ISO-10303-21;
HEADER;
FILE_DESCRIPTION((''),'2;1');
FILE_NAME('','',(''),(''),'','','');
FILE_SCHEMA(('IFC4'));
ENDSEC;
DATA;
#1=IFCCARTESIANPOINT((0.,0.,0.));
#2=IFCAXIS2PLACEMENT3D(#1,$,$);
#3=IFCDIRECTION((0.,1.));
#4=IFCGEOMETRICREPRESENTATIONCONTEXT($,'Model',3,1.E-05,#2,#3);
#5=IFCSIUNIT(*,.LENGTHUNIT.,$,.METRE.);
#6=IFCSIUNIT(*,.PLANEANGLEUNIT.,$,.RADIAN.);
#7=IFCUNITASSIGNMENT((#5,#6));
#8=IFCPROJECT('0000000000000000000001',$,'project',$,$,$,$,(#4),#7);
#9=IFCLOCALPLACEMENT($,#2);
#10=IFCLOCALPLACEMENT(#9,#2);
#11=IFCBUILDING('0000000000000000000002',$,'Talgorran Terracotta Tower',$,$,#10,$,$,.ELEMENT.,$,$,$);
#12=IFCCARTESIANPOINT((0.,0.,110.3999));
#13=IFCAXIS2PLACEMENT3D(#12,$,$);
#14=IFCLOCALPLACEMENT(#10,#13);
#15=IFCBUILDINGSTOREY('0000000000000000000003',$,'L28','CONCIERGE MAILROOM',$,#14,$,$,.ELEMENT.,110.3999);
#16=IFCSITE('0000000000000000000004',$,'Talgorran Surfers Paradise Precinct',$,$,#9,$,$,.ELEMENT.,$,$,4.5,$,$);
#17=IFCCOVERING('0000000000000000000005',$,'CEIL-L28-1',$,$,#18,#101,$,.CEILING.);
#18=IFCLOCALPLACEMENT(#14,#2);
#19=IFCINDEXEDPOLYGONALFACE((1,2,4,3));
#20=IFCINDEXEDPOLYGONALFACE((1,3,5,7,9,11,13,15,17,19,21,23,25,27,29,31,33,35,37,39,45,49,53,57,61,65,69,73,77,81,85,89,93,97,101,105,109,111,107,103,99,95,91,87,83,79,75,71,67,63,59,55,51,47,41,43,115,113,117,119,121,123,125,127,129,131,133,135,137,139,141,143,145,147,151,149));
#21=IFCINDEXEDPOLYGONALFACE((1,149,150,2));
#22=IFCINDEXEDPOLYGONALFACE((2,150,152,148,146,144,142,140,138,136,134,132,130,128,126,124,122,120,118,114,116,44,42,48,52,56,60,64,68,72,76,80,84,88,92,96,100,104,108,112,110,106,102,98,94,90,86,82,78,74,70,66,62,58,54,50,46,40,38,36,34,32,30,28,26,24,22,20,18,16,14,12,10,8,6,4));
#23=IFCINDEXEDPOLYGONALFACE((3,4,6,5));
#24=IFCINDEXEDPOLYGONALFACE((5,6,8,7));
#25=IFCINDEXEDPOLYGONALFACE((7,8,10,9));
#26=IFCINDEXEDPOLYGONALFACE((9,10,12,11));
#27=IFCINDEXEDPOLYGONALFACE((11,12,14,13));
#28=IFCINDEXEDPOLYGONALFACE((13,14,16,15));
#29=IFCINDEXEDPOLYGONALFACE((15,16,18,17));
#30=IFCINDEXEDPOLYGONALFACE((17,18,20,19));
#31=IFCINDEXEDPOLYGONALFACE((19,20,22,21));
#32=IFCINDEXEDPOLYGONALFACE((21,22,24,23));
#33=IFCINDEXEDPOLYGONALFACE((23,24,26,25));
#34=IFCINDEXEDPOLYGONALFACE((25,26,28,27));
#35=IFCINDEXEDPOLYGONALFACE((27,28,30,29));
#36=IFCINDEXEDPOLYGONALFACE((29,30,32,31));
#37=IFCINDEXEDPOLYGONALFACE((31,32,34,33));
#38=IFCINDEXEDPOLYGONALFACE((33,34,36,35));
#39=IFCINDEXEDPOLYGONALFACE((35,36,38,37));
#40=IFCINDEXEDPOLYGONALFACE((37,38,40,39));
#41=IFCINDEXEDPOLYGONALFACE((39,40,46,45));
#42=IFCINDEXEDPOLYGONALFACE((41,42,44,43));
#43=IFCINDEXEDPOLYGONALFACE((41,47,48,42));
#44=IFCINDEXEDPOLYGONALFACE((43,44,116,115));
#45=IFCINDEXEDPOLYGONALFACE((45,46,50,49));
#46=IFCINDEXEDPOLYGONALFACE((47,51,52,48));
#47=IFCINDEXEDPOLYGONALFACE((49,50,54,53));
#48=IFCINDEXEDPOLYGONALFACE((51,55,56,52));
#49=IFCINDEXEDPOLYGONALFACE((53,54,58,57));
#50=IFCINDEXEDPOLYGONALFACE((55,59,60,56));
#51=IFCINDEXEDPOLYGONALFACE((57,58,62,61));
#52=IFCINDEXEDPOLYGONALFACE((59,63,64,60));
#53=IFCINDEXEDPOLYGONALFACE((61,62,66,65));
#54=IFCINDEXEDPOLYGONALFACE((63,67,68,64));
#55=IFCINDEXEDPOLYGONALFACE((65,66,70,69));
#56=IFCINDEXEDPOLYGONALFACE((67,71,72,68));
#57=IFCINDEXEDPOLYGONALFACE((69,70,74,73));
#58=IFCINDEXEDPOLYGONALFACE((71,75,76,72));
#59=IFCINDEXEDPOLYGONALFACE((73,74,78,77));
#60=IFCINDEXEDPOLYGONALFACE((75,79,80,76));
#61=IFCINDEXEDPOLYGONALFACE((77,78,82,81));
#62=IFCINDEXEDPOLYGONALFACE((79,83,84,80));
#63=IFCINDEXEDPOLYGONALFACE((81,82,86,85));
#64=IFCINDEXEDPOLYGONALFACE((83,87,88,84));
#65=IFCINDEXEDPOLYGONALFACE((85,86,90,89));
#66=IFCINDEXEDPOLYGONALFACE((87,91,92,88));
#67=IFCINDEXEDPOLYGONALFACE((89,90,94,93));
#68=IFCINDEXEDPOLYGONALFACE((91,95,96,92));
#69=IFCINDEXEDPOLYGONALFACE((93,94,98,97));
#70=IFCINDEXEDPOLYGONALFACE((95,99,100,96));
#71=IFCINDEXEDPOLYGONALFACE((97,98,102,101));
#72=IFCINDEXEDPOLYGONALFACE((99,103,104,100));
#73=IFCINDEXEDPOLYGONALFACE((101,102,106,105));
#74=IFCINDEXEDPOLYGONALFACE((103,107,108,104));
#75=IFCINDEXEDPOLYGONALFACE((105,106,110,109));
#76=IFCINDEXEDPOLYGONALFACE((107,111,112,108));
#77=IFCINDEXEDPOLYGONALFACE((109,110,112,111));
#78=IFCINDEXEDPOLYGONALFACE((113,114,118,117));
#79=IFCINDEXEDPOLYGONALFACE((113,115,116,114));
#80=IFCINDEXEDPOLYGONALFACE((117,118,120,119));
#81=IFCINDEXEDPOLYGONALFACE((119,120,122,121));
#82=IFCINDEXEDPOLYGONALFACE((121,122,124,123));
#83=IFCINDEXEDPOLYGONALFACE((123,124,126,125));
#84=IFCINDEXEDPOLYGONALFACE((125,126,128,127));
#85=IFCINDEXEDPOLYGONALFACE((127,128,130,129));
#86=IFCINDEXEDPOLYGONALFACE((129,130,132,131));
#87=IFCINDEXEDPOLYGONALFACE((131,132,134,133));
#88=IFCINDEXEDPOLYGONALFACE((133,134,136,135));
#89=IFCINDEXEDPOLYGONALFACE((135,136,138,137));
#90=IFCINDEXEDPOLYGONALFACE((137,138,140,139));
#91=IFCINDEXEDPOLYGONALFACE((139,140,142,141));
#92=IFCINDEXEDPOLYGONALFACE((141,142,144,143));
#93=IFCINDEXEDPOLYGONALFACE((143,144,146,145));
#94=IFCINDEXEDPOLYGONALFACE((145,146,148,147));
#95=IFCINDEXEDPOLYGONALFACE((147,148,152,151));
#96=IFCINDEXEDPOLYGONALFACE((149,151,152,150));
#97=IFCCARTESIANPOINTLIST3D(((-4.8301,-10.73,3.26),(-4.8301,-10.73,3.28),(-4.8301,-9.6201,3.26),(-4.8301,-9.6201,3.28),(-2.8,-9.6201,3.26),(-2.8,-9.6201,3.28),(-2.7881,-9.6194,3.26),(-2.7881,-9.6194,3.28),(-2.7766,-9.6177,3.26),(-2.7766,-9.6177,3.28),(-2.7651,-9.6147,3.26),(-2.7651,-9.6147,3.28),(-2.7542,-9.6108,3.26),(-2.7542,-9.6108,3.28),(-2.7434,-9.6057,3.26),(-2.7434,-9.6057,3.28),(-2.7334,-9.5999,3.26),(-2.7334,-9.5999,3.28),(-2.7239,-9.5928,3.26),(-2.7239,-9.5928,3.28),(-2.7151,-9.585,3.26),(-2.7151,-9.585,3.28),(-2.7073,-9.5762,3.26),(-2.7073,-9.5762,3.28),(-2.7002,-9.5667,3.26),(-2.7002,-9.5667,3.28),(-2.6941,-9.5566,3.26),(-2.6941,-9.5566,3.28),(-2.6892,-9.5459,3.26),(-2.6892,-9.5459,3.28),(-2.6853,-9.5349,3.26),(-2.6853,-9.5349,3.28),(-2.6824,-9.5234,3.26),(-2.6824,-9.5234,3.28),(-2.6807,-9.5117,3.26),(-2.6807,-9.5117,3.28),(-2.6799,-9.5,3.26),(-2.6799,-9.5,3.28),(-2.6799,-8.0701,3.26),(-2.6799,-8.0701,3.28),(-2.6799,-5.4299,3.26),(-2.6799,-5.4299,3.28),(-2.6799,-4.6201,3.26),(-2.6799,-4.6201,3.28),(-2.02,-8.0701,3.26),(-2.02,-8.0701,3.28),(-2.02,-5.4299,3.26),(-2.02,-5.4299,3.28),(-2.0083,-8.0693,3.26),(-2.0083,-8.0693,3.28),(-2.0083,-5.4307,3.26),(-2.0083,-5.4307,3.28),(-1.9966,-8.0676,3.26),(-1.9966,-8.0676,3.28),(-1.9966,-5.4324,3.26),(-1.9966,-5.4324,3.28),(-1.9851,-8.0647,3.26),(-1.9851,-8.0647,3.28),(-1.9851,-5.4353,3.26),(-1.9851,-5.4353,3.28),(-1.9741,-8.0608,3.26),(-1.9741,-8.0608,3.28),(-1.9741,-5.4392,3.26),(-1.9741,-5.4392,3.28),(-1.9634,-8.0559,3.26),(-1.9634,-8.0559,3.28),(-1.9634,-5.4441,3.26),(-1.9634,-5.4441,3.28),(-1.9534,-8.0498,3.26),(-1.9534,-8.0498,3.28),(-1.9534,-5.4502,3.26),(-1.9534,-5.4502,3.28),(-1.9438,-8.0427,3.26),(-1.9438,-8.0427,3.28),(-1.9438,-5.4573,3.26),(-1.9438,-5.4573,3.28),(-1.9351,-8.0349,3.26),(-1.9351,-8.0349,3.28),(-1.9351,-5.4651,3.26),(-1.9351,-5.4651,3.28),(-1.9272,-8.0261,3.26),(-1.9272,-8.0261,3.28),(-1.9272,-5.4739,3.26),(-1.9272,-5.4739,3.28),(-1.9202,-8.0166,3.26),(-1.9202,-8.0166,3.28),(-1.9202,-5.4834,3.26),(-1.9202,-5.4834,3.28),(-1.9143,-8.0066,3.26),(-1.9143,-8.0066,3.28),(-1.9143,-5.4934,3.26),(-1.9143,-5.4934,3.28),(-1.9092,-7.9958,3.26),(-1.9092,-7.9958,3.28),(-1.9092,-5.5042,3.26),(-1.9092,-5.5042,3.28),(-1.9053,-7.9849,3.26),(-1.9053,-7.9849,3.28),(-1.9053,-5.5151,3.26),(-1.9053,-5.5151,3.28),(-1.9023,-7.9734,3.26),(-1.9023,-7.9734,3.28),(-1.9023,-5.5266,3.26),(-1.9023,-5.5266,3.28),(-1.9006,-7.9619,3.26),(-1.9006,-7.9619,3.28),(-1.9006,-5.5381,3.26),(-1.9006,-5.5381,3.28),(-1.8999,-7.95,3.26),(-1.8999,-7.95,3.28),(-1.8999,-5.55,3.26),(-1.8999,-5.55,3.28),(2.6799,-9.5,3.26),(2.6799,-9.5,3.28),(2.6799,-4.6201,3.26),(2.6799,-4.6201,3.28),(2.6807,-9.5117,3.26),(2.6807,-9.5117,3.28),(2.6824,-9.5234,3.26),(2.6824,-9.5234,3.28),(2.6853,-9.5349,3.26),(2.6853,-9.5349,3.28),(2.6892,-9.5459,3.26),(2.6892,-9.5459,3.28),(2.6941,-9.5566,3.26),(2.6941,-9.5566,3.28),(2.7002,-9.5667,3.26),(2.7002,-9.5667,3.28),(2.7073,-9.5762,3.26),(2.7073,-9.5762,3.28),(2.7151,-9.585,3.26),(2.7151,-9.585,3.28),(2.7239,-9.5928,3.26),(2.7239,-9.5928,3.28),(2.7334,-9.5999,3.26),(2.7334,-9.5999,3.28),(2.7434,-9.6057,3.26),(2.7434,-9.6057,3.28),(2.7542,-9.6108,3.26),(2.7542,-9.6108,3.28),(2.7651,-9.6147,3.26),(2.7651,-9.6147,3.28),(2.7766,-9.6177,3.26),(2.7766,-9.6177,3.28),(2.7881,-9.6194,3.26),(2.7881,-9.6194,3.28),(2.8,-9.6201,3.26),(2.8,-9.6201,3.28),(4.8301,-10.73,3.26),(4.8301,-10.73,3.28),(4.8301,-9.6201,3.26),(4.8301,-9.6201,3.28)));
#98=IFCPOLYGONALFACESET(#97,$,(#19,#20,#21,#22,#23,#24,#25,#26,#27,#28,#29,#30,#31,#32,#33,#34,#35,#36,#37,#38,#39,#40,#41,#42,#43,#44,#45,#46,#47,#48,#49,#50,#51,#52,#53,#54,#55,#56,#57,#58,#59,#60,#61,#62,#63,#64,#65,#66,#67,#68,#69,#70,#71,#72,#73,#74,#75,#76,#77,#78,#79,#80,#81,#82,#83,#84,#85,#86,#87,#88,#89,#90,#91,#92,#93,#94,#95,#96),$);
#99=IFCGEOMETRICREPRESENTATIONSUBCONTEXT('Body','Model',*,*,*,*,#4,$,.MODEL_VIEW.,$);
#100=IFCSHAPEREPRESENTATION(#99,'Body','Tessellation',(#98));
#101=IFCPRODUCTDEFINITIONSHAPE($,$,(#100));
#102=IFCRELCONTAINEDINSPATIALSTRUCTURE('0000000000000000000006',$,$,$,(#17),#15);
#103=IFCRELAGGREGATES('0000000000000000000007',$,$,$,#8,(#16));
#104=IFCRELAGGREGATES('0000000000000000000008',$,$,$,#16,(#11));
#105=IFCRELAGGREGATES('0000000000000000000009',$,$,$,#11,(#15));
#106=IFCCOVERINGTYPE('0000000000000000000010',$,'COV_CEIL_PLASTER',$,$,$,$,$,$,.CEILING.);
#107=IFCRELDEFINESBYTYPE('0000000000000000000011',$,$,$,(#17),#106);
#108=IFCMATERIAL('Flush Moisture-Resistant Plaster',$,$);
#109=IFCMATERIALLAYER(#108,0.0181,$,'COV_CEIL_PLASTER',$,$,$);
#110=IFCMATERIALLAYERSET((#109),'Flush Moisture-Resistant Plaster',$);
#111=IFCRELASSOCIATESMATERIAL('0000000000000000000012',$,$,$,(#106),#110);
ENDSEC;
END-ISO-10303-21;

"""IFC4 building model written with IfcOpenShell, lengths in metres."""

from ifc_helpers import new_model, si_unit, direction, frame, origin, place, context, subcontext, project, spatial, polyline, outline, extrude, material, layer, layer_set, type_object, element, save


model = new_model("IFC4")

# Units and contexts
model_context = context("Model", 3, precision=1e-05, world=origin(), true_north=direction((0.0, 1.0)))
body_context = subcontext(model_context, "Body", "Model", "MODEL_VIEW")
ifc_project = project(units=[si_unit("LENGTHUNIT", "METRE"), si_unit("PLANEANGLEUNIT", "RADIAN")], contexts=[model_context])

# Site, building, storey
site_placement = place(None, origin())
site = spatial("IfcSite", under=ifc_project, at=site_placement, Name="Talgorran Surfers Paradise Precinct", CompositionType="ELEMENT", RefElevation=4.5)
building_placement = place(site_placement, origin())
building = spatial("IfcBuilding", under=site, at=building_placement, Name="Talgorran Terracotta Tower", CompositionType="ELEMENT")
storey_placement = place(building_placement, frame((0.0, 0.0, 110.3999)))
storey = spatial("IfcBuildingStorey", under=building, at=storey_placement, Name="L28", Description="CONCIERGE MAILROOM", CompositionType="ELEMENT", Elevation=110.3999)

# Covering
ifc_material_1 = material(Name="Flush Moisture-Resistant Plaster")
ifc_layer_1 = layer(ifc_material_1, 0.0181, Name="COV_CEIL_PLASTER")
ifc_layer_set_1 = layer_set([ifc_layer_1], Name="Flush Moisture-Resistant Plaster")
covering_type_1 = type_object("IfcCoveringType", Name="COV_CEIL_PLASTER", PredefinedType="CEILING", material=ifc_layer_set_1)
covering_1_placement = place(storey_placement, frame((0.0, 0.0, 3.26)))
element("IfcCovering", 1, at=covering_1_placement, inside=storey, type_object=covering_type_1, Name="CEIL-L28-1", PredefinedType="CEILING", context=body_context, shape_type="SweptSolid", body=[
    extrude(outline(polyline([(2.6799, -4.6201), (2.6799, -9.5), (2.6807, -9.5117), (2.6824, -9.5234), (2.6853, -9.5349), (2.6892, -9.5459), (2.6941, -9.5566), (2.7002, -9.5667), (2.7073, -9.5762), (2.7151, -9.585), (2.7239, -9.5928), (2.7334, -9.5999), (2.7434, -9.6057), (2.7542, -9.6108), (2.7651, -9.6147), (2.7766, -9.6177), (2.7881, -9.6194), (2.8, -9.6201), (4.8301, -9.6201), (4.8301, -10.73), (-4.8301, -10.73), (-4.8301, -9.6201), (-2.8, -9.6201), (-2.7881, -9.6194), (-2.7766, -9.6177), (-2.7651, -9.6147), (-2.7542, -9.6108), (-2.7434, -9.6057), (-2.7334, -9.5999), (-2.7239, -9.5928), (-2.7151, -9.585), (-2.7073, -9.5762), (-2.7002, -9.5667), (-2.6941, -9.5566), (-2.6892, -9.5459), (-2.6853, -9.5349), (-2.6824, -9.5234), (-2.6807, -9.5117), (-2.6799, -9.5), (-2.6799, -8.0701), (-2.02, -8.0701), (-2.0083, -8.0693), (-1.9966, -8.0676), (-1.9851, -8.0647), (-1.9741, -8.0608), (-1.9634, -8.0559), (-1.9534, -8.0498), (-1.9438, -8.0427), (-1.9351, -8.0349), (-1.9272, -8.0261), (-1.9202, -8.0166), (-1.9143, -8.0066), (-1.9092, -7.9958), (-1.9053, -7.9849), (-1.9023, -7.9734), (-1.9006, -7.9619), (-1.8999, -7.95), (-1.8999, -5.55), (-1.9006, -5.5381), (-1.9023, -5.5266), (-1.9053, -5.5151), (-1.9092, -5.5042), (-1.9143, -5.4934), (-1.9202, -5.4834), (-1.9272, -5.4739), (-1.9351, -5.4651), (-1.9438, -5.4573), (-1.9534, -5.4502), (-1.9634, -5.4441), (-1.9741, -5.4392), (-1.9851, -5.4353), (-1.9966, -5.4324), (-2.0083, -5.4307), (-2.02, -5.4299), (-2.6799, -5.4299), (-2.6799, -4.6201), (2.6799, -4.6201)])), origin(), (0.0, 0.0, 1.0), 0.02),
])

save(model, "model.ifc")
